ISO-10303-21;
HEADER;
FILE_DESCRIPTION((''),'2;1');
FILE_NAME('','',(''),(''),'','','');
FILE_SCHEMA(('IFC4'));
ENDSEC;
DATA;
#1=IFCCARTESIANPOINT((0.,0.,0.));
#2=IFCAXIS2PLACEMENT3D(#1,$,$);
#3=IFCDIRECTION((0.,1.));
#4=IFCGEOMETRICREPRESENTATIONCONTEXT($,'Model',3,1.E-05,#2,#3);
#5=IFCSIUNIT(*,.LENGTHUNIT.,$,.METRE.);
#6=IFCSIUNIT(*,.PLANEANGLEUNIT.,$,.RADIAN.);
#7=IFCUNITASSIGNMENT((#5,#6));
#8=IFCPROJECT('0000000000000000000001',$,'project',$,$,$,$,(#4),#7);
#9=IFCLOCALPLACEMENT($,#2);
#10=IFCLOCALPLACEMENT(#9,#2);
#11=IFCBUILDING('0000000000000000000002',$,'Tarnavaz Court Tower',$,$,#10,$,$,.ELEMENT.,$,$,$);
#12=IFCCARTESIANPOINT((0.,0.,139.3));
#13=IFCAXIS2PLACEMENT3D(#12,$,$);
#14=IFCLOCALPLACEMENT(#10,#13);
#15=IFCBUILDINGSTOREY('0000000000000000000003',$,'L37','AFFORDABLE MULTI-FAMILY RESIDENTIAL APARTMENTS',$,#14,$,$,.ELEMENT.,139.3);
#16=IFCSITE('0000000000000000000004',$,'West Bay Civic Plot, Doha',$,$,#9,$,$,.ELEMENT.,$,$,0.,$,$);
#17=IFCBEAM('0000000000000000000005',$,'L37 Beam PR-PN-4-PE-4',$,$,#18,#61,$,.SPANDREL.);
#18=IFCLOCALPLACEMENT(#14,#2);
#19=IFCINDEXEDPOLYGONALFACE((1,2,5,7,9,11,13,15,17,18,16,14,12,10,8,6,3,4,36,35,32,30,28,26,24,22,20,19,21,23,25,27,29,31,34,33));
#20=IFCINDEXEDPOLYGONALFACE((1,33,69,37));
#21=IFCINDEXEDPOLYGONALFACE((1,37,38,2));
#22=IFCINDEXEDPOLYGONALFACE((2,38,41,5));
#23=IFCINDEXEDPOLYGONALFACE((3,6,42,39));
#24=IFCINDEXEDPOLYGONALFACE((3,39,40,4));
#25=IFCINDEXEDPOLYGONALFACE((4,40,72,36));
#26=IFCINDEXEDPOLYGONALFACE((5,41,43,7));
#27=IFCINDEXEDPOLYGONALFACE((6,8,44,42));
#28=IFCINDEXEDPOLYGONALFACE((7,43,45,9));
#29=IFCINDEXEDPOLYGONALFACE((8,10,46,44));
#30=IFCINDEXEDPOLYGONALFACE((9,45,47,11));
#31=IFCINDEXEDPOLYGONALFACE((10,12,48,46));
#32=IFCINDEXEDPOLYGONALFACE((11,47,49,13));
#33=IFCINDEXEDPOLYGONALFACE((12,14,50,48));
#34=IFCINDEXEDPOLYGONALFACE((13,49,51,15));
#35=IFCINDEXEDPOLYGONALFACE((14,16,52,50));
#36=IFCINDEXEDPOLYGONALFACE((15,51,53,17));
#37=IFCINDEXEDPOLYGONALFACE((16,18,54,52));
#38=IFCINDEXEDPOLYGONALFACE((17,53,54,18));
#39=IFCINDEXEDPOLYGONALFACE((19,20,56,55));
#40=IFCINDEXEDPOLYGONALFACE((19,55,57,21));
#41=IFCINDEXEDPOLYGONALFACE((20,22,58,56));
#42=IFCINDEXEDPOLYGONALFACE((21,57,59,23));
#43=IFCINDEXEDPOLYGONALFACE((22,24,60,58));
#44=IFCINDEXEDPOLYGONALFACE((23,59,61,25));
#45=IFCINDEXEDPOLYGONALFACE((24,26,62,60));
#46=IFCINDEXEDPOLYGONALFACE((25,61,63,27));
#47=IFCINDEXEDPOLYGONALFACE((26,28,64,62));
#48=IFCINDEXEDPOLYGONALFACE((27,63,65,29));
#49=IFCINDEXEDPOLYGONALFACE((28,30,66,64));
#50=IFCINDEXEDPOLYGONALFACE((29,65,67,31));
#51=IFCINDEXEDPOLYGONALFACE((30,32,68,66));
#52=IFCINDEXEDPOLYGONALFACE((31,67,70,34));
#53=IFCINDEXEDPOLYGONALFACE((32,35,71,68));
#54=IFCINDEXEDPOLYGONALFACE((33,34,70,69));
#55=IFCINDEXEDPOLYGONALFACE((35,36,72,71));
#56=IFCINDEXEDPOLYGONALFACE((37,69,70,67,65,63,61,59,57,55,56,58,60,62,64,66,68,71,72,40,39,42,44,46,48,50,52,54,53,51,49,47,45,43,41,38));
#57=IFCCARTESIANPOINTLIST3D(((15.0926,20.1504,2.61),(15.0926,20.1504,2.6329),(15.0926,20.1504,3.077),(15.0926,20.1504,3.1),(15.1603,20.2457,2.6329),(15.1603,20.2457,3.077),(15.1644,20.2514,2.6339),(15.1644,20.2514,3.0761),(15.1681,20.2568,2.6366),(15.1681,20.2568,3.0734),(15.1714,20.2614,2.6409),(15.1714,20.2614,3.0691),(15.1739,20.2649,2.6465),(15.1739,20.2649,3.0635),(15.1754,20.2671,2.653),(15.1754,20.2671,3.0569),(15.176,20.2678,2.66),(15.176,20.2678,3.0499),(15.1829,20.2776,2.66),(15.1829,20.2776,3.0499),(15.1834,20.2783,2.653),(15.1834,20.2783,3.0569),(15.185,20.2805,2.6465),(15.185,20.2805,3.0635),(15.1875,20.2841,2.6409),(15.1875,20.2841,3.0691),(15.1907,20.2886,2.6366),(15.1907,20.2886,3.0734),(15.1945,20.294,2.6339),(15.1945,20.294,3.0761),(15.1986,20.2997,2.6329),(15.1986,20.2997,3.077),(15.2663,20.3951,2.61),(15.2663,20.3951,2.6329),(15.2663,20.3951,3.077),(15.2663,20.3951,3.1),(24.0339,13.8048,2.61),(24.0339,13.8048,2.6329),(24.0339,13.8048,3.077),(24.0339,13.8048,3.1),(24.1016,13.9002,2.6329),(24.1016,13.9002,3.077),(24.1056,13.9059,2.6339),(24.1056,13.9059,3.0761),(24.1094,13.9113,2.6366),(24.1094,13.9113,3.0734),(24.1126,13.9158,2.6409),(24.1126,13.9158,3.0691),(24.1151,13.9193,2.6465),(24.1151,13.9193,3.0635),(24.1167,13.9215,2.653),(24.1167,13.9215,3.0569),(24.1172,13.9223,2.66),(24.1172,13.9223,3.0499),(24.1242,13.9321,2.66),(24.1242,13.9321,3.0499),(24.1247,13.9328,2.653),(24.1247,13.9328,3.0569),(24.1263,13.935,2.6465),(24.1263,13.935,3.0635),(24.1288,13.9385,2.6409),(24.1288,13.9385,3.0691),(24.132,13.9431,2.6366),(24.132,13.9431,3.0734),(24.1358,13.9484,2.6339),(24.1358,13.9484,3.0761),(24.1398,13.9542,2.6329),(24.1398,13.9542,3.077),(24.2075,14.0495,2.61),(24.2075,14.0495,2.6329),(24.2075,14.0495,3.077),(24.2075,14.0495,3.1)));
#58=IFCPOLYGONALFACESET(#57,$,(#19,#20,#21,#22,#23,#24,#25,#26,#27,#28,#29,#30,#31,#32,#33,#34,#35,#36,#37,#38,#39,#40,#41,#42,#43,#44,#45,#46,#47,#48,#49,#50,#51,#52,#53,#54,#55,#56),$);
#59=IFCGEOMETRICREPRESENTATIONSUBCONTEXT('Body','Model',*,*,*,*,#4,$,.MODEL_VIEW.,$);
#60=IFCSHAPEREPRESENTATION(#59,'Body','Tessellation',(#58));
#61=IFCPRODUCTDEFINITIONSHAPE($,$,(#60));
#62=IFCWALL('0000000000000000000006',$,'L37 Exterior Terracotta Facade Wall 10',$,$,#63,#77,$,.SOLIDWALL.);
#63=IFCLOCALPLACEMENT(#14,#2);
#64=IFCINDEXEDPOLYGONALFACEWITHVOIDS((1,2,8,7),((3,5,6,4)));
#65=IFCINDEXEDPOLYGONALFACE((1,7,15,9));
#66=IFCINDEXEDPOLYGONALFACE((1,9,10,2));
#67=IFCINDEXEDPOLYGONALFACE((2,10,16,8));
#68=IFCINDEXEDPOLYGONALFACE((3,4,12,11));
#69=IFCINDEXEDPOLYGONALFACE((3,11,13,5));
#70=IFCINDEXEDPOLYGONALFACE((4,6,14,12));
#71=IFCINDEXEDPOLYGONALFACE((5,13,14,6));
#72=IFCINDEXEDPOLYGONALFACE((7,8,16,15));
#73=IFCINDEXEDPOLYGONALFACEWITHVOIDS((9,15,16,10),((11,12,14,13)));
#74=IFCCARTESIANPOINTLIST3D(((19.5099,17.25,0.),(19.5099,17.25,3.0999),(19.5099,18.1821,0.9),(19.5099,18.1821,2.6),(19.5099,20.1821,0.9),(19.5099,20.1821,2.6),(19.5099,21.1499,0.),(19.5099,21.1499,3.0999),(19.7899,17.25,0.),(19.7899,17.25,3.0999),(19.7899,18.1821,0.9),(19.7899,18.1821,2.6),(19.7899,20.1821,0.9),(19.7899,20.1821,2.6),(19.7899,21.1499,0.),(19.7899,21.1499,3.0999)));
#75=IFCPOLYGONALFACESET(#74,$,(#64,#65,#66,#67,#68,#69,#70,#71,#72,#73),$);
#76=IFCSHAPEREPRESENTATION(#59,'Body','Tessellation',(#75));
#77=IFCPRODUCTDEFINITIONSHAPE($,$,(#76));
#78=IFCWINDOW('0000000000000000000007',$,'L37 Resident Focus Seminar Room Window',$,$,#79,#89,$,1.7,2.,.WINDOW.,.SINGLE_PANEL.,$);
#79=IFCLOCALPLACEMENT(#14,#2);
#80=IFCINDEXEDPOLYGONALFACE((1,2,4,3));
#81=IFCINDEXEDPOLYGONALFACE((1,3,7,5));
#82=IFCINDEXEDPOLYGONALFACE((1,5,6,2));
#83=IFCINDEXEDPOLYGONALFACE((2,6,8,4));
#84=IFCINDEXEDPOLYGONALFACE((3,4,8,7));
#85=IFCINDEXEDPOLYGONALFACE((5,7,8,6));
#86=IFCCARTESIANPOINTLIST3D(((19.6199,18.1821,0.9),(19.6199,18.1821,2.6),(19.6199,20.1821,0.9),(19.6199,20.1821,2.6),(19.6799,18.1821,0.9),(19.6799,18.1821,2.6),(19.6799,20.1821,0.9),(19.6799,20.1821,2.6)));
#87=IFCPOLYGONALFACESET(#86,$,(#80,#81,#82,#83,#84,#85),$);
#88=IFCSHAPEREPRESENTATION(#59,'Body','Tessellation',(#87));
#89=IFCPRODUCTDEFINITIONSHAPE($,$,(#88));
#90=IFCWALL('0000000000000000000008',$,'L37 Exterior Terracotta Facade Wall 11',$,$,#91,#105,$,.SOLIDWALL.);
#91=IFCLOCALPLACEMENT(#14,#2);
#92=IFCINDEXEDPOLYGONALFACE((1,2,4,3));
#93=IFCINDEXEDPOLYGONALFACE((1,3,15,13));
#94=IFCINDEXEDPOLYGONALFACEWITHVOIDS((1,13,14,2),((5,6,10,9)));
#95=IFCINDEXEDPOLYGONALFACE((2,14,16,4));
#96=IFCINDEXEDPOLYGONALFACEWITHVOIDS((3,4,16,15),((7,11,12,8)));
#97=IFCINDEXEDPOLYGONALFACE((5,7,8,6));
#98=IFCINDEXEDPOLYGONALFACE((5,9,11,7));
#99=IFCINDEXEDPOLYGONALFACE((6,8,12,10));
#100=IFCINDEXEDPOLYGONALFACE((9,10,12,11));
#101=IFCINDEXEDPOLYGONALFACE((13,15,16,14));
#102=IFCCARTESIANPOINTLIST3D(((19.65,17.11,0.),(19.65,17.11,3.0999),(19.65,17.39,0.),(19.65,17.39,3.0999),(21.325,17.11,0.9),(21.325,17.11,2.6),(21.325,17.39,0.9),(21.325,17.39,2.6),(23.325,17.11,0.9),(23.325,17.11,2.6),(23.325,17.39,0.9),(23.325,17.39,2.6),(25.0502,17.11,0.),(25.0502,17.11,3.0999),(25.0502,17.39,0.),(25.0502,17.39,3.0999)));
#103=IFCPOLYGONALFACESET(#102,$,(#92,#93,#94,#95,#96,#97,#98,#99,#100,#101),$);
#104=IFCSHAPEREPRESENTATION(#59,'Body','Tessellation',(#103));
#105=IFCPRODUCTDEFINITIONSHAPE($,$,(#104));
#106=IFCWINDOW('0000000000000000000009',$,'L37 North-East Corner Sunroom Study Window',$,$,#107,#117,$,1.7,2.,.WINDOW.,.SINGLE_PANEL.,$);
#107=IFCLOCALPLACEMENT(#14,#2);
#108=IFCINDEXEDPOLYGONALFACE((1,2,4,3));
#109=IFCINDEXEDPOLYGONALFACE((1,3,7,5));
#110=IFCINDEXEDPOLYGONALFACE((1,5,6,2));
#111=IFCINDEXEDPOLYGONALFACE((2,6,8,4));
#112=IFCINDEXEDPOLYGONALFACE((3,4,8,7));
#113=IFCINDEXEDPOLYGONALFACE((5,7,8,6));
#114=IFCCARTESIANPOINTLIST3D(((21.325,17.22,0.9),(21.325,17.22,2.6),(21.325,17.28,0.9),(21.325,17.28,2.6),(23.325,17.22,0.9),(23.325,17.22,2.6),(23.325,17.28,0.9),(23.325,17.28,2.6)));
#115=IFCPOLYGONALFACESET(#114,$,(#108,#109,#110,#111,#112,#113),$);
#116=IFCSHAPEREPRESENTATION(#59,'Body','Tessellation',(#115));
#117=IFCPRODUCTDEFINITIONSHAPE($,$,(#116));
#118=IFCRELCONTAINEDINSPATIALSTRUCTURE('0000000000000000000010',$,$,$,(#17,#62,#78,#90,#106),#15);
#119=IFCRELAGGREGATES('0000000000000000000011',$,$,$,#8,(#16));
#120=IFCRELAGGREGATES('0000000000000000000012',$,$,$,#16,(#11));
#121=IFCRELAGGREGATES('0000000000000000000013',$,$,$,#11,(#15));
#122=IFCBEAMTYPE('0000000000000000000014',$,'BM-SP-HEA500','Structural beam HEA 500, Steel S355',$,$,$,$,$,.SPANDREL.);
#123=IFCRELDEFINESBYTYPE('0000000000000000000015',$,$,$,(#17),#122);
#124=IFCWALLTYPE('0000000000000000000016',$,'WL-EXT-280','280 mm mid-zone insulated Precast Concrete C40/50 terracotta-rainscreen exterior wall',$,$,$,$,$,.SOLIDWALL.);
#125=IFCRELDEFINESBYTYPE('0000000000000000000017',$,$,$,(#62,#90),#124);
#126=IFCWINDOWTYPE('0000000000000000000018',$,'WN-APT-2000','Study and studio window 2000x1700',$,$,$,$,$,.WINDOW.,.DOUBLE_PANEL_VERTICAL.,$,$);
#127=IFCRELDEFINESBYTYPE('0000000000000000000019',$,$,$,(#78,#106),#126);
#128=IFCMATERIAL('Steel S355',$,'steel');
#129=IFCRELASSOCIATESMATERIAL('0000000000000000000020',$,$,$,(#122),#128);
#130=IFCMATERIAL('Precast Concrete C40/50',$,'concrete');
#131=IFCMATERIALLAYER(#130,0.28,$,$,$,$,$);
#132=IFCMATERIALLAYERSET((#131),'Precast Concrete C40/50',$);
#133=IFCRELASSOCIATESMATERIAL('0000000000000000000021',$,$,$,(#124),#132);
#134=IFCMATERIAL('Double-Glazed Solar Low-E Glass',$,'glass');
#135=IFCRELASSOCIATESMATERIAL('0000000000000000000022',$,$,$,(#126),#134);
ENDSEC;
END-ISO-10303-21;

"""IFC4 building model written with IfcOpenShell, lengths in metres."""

from ifc_helpers import new_model, si_unit, direction, frame, frame_2d, origin, origin_2d, place, context, subcontext, project, spatial, rectangle, i_section, extrude, material, layer, layer_set, material_profile, profile_set, type_object, element, fill, save


model = new_model("IFC4")

# Units and contexts
model_context = context("Model", 3, precision=1e-05, world=origin(), true_north=direction((0.0, 1.0)))
body_context = subcontext(model_context, "Body", "Model", "MODEL_VIEW")
ifc_project = project(units=[si_unit("LENGTHUNIT", "METRE"), si_unit("PLANEANGLEUNIT", "RADIAN")], contexts=[model_context])

# Site, building, storey
site_placement = place(None, origin())
site = spatial("IfcSite", under=ifc_project, at=site_placement, Name="West Bay Civic Plot, Doha", CompositionType="ELEMENT", RefElevation=0.0)
building_placement = place(site_placement, origin())
building = spatial("IfcBuilding", under=site, at=building_placement, Name="Tarnavaz Court Tower", CompositionType="ELEMENT")
storey_placement = place(building_placement, frame((0.0, 0.0, 139.3)))
storey = spatial("IfcBuildingStorey", under=building, at=storey_placement, Name="L37", Description="AFFORDABLE MULTI-FAMILY RESIDENTIAL APARTMENTS", CompositionType="ELEMENT", Elevation=139.3)

# Beam
ifc_material_1 = material(Name="Steel S355", Category="steel")
ifc_material_profile_1 = material_profile(ifc_material_1, i_section(OverallWidth=0.3, OverallDepth=0.49, WebThickness=0.012, FlangeThickness=0.0229, FilletRadius=0.0271, at=origin_2d()), Name="HEA 500")
ifc_profile_set_1 = profile_set([ifc_material_profile_1], Name="Steel S355")
beam_type_1 = type_object("IfcBeamType", Name="BM-SP-HEA500", Description="Structural beam HEA 500, Steel S355", PredefinedType="SPANDREL", material=ifc_profile_set_1)
beam_1_placement = place(storey_placement, frame((15.1794, 20.2727, 2.855), z_axis=(0.815502, -0.578754, 0.0), x_axis=(0.578754, 0.815502, 0.0)))
element("IfcBeam", 1, at=beam_1_placement, inside=storey, type_object=beam_type_1, Name="L37 Beam PR-PN-4-PE-4", PredefinedType="SPANDREL", context=body_context, shape_type="SweptSolid", body=[
    extrude(i_section(OverallWidth=0.3, OverallDepth=0.49, WebThickness=0.012, FlangeThickness=0.0229, FilletRadius=0.0271, at=origin_2d()), origin(), (0.0, 0.0, 1.0), 10.9641),
])

# Walls, openings, windows
ifc_material_2 = material(Name="Precast Concrete C40/50", Category="concrete")
ifc_layer_1 = layer(ifc_material_2, 0.28)
ifc_layer_set_1 = layer_set([ifc_layer_1], Name="Precast Concrete C40/50")
wall_type_1 = type_object("IfcWallType", Name="WL-EXT-280", Description="280 mm mid-zone insulated Precast Concrete C40/50 terracotta-rainscreen exterior wall", PredefinedType="SOLIDWALL", material=ifc_layer_set_1)
wall_1_placement = place(storey_placement, frame((19.6499, 21.1499, 0.0), z_axis=(0.0, 0.0, 1.0), x_axis=(0.0, -1.0, 0.0)))
wall_1 = element("IfcWall", 2, at=wall_1_placement, inside=storey, type_object=wall_type_1, Name="L37 Exterior Terracotta Facade Wall 10", PredefinedType="SOLIDWALL", context=body_context, shape_type="SweptSolid", body=[
    extrude(rectangle(XDim=3.8999, YDim=0.28, at=frame_2d((1.95, 0.0))), origin(), (0.0, 0.0, 1.0), 3.0999),
])
opening_1_placement = place(wall_1_placement, frame((0.9678, 0.0, 0.8999)))
opening_1 = element("IfcOpeningElement", 3, at=opening_1_placement, cuts=wall_1, PredefinedType="OPENING", context=body_context, shape_type="SweptSolid", body=[
    extrude(rectangle(XDim=2.0, YDim=1.7, at=frame_2d((1.0, 0.8501))), frame((0.0, 0.1499, 0.0), z_axis=(0.0, -1.0, 0.0), x_axis=(1.0, 0.0, 0.0)), (0.0, 0.0, 1.0), 0.3),
])
ifc_material_3 = material(Name="Double-Glazed Solar Low-E Glass", Category="glass")
window_type_1 = type_object("IfcWindowType", Name="WN-APT-2000", Description="Study and studio window 2000x1700", PartitioningType="DOUBLE_PANEL_VERTICAL", PredefinedType="WINDOW", material=ifc_material_3)
window_1_placement = place(opening_1_placement, origin())
window_1 = element("IfcWindow", 4, at=window_1_placement, inside=storey, type_object=window_type_1, Name="L37 Resident Focus Seminar Room Window", OverallHeight=1.7, OverallWidth=2.0, PartitioningType="SINGLE_PANEL", PredefinedType="WINDOW", context=body_context, shape_type="SweptSolid", body=[
    extrude(rectangle(XDim=2.0, YDim=1.7, at=frame_2d((1.0, 0.8501))), frame((0.0, 0.03, 0.0), z_axis=(0.0, -1.0, 0.0), x_axis=(1.0, 0.0, 0.0)), (0.0, 0.0, 1.0), 0.0601),
])
fill(opening_1, window_1)
wall_2_placement = place(storey_placement, frame((19.6499, 17.25, 0.0), z_axis=(0.0, 0.0, 1.0), x_axis=(1.0, 0.0, 0.0)))
wall_2 = element("IfcWall", 5, at=wall_2_placement, inside=storey, type_object=wall_type_1, Name="L37 Exterior Terracotta Facade Wall 11", PredefinedType="SOLIDWALL", context=body_context, shape_type="SweptSolid", body=[
    extrude(rectangle(XDim=5.4001, YDim=0.28, at=frame_2d((2.7002, 0.0))), origin(), (0.0, 0.0, 1.0), 3.0999),
])
opening_2_placement = place(wall_2_placement, frame((1.675, 0.0, 0.8999)))
opening_2 = element("IfcOpeningElement", 6, at=opening_2_placement, cuts=wall_2, PredefinedType="OPENING", context=body_context, shape_type="SweptSolid", body=[
    extrude(rectangle(XDim=2.0, YDim=1.7, at=frame_2d((1.0, 0.8501))), frame((0.0, 0.1499, 0.0), z_axis=(0.0, -1.0, 0.0), x_axis=(1.0, 0.0, 0.0)), (0.0, 0.0, 1.0), 0.3),
])
window_2_placement = place(opening_2_placement, origin())
window_2 = element("IfcWindow", 7, at=window_2_placement, inside=storey, type_object=window_type_1, Name="L37 North-East Corner Sunroom Study Window", OverallHeight=1.7, OverallWidth=2.0, PartitioningType="SINGLE_PANEL", PredefinedType="WINDOW", context=body_context, shape_type="SweptSolid", body=[
    extrude(rectangle(XDim=2.0, YDim=1.7, at=frame_2d((1.0, 0.8501))), frame((0.0, 0.03, 0.0), z_axis=(0.0, -1.0, 0.0), x_axis=(1.0, 0.0, 0.0)), (0.0, 0.0, 1.0), 0.0601),
])
fill(opening_2, window_2)

save(model, "model.ifc")
